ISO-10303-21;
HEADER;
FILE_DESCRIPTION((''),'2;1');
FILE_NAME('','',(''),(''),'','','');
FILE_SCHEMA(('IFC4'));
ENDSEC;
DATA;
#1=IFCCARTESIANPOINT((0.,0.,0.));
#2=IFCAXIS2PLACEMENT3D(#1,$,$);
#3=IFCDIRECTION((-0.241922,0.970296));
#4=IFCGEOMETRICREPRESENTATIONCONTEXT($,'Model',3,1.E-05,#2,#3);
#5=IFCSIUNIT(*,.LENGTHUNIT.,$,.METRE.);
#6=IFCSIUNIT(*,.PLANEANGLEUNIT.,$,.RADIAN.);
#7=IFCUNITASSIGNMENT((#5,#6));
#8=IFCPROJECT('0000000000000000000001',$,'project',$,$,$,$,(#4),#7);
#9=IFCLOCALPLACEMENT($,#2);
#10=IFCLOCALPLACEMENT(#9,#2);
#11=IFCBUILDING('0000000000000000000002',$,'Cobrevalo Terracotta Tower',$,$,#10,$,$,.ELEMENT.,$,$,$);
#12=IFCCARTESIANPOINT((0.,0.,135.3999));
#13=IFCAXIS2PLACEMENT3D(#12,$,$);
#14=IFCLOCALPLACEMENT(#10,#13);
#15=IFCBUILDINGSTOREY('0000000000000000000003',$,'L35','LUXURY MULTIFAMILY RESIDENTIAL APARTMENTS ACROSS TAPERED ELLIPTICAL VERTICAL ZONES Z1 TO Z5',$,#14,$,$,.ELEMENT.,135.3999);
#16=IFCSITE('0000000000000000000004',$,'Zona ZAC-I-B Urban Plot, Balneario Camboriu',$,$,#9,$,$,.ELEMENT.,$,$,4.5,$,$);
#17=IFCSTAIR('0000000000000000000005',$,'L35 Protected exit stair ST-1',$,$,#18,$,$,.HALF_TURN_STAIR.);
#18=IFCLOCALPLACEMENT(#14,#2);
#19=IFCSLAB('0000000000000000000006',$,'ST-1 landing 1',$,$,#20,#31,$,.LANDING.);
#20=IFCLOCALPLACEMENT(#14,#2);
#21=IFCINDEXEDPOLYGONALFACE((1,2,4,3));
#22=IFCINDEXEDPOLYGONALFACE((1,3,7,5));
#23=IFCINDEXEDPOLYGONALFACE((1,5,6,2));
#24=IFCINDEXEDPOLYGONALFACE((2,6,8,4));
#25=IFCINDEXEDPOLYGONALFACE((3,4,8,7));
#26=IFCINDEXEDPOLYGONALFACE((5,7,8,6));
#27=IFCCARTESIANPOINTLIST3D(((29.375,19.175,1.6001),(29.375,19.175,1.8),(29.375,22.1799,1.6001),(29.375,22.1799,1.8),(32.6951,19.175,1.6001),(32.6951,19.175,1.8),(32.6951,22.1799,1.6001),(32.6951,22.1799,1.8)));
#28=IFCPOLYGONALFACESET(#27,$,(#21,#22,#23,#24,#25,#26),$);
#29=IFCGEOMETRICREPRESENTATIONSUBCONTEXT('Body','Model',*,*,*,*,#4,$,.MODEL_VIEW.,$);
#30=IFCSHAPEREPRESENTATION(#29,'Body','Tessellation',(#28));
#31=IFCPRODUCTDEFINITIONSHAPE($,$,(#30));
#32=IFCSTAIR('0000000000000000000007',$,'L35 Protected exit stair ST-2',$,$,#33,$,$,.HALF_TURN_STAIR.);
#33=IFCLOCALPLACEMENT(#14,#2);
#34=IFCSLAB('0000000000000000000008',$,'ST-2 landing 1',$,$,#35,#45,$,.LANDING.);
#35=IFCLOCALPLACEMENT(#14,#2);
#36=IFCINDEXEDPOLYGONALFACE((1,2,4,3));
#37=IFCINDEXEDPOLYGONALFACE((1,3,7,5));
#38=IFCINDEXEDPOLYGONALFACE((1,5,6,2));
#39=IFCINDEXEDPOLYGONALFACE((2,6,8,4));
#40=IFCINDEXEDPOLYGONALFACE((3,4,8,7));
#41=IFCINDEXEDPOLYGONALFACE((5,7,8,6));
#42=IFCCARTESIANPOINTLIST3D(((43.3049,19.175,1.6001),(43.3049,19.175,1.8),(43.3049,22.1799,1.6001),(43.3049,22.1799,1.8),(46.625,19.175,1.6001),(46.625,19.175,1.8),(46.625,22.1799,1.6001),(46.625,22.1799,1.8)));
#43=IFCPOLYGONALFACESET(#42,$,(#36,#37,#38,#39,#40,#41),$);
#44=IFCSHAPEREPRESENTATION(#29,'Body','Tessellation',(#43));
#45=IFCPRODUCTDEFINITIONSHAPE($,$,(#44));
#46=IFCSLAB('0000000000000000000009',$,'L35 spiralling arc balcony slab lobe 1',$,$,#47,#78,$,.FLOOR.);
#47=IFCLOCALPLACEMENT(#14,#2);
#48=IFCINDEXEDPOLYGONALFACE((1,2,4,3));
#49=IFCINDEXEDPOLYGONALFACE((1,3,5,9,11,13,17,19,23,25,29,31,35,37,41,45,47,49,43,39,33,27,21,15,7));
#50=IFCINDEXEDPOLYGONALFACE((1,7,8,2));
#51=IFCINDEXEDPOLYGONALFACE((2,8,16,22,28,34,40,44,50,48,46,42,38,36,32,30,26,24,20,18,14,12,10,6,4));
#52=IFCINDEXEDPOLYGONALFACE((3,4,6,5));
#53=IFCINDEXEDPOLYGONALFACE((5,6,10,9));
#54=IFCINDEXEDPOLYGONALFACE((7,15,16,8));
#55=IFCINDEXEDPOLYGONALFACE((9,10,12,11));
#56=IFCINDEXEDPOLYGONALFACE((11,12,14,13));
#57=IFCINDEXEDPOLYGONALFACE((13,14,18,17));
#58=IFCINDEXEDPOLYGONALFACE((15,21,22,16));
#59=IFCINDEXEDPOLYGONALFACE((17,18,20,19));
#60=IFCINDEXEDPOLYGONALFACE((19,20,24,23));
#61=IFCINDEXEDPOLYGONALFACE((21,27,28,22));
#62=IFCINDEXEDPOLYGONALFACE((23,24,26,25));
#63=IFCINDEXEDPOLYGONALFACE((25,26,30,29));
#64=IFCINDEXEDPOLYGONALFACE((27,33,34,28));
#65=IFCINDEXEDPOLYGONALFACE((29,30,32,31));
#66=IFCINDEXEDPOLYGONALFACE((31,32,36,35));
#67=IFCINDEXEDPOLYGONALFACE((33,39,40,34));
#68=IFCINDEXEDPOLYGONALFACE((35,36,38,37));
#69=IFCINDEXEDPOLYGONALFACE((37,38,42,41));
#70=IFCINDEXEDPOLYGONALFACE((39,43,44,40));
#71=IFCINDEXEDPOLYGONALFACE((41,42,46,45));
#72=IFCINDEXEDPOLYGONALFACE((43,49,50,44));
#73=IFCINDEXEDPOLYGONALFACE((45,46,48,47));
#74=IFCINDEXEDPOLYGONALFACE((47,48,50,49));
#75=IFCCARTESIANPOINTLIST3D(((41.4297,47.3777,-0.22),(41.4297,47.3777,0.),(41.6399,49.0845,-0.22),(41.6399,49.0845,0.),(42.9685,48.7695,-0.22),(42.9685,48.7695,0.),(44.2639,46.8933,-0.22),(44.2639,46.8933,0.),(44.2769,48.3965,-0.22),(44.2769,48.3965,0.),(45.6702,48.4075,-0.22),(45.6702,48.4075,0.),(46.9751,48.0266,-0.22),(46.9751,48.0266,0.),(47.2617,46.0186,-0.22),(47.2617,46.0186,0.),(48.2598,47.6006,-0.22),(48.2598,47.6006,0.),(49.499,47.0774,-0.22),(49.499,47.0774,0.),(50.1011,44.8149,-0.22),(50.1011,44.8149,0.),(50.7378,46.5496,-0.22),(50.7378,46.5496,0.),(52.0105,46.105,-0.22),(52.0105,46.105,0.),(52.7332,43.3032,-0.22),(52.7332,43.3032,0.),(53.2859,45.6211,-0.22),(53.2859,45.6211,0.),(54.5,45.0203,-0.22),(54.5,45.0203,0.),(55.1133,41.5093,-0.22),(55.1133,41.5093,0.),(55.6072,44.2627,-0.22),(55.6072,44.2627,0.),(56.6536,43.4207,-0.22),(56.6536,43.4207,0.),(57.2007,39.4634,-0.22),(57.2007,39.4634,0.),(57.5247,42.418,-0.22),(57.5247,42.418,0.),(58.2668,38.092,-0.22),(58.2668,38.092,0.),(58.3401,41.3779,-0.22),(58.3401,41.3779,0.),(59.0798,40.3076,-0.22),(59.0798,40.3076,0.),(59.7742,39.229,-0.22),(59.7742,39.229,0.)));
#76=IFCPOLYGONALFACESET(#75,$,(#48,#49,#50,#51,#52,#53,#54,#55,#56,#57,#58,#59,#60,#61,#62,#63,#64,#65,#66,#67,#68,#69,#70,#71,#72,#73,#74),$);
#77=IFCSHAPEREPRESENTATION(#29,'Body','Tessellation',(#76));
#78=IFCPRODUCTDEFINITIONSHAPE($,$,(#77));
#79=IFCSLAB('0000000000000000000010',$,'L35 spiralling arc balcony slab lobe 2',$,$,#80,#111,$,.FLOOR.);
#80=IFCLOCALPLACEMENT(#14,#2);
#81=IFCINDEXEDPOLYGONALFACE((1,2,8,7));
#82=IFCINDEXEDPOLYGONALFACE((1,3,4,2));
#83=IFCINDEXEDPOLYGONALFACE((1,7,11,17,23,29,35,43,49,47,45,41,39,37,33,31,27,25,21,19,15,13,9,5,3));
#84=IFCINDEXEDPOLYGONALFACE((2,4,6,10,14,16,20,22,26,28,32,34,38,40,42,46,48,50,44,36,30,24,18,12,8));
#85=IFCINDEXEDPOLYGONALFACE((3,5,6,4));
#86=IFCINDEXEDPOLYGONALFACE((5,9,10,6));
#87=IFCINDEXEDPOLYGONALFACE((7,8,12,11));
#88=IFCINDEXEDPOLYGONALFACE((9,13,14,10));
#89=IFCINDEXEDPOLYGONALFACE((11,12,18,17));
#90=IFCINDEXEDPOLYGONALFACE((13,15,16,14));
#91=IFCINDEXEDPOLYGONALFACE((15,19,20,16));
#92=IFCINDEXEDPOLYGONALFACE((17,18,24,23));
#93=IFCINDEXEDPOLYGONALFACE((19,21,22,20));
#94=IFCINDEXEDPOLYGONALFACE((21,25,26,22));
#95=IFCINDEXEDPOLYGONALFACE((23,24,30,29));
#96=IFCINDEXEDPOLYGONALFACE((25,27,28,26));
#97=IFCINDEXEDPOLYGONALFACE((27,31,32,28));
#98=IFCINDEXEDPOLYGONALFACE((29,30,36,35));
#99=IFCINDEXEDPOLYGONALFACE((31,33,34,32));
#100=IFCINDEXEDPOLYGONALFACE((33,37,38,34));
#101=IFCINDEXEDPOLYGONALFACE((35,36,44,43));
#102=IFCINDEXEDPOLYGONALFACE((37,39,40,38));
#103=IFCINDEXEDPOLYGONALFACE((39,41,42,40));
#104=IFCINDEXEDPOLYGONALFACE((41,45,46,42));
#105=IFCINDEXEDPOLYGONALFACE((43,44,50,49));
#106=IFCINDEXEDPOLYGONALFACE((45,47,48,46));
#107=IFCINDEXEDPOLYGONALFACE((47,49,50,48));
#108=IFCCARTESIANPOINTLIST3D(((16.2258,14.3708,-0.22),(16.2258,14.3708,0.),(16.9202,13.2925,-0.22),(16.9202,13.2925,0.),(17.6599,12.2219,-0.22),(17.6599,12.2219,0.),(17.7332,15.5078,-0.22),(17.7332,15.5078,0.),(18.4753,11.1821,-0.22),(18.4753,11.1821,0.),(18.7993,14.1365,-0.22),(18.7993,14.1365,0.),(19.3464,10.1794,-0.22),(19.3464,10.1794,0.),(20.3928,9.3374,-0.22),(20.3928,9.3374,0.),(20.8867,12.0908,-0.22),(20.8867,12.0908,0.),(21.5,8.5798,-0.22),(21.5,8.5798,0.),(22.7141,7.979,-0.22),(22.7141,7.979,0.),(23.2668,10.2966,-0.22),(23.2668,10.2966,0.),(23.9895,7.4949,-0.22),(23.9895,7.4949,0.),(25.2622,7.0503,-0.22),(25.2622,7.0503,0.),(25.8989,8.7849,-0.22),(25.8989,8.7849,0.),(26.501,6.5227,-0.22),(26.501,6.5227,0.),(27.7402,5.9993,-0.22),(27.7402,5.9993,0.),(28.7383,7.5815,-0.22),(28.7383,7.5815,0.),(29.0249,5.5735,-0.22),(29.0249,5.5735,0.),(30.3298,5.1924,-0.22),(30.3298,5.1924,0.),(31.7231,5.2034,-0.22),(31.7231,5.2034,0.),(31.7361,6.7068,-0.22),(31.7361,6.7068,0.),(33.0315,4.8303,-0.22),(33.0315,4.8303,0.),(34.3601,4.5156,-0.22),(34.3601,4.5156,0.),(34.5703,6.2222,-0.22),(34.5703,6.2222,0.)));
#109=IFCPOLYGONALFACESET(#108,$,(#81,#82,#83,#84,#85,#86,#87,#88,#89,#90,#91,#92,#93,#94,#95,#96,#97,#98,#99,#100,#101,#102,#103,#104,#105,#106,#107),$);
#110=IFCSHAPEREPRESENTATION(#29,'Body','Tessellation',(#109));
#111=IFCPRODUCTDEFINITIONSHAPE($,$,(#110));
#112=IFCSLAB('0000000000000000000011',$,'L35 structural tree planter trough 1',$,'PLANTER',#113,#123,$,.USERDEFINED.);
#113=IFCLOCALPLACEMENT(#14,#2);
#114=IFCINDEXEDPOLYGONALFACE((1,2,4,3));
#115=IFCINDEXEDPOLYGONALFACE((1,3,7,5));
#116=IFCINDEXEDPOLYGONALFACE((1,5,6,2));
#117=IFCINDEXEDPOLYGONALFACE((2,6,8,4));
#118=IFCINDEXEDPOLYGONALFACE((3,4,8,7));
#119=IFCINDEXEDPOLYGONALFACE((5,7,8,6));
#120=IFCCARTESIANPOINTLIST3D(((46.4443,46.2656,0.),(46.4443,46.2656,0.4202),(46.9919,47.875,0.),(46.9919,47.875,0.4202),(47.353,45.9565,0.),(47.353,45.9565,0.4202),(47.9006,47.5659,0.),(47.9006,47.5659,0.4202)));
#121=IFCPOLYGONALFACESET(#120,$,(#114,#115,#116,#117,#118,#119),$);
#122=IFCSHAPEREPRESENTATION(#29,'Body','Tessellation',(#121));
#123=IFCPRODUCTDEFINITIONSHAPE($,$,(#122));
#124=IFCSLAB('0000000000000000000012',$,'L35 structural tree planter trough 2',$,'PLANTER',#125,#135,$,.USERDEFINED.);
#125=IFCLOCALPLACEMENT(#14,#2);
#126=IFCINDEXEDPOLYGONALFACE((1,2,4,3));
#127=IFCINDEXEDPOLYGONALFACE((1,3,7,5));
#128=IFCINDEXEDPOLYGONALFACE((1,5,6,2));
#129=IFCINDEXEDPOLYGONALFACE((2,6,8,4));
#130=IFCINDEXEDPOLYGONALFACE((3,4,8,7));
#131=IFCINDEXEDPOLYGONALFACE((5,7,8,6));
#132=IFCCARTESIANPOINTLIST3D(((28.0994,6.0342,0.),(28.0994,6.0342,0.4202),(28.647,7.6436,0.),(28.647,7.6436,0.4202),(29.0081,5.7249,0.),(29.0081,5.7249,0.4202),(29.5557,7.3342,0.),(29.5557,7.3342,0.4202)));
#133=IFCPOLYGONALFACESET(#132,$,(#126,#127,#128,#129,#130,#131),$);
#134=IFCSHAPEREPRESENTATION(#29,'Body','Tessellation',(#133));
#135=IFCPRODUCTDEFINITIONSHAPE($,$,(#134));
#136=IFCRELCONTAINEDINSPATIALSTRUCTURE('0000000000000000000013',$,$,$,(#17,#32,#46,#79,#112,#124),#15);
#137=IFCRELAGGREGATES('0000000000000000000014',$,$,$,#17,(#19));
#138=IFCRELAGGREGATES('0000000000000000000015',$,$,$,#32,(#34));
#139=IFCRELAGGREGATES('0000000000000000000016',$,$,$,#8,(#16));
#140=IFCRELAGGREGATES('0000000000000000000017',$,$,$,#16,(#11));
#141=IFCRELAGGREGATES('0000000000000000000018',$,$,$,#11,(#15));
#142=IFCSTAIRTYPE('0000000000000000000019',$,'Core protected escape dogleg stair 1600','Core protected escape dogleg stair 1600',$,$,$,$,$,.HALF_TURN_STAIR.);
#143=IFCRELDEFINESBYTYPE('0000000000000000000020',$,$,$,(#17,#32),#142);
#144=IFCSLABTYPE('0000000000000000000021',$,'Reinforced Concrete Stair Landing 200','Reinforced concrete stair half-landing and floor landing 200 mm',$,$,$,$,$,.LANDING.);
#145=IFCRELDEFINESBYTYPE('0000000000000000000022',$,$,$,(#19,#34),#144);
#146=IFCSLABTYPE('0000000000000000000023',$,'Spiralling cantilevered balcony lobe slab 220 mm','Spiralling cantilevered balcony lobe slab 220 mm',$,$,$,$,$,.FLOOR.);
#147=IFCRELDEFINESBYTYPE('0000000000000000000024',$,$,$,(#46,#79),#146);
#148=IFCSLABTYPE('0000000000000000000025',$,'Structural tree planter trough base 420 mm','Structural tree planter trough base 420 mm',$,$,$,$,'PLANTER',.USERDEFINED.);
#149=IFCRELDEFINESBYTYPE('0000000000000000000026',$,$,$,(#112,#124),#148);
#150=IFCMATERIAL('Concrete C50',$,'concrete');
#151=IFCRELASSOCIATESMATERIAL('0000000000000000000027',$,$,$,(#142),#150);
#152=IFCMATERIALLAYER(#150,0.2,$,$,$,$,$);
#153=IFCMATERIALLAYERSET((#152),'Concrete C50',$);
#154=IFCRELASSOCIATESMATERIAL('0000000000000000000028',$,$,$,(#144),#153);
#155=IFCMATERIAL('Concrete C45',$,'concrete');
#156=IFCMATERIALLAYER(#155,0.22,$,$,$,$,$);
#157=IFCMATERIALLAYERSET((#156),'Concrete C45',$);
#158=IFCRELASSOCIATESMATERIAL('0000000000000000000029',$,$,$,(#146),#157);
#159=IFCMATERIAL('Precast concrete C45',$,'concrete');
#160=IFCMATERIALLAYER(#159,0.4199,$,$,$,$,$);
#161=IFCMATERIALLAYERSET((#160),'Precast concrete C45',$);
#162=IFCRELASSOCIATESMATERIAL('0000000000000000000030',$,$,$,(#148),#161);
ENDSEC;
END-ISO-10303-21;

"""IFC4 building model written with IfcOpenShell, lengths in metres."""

from ifc_helpers import new_model, si_unit, direction, frame, origin, place, context, subcontext, project, spatial, polyline, outline, extrude, material, layer, layer_set, type_object, element, aggregate, save


model = new_model("IFC4")

# Units and contexts
model_context = context("Model", 3, precision=1e-05, world=origin(), true_north=direction((-0.241922, 0.970296)))
body_context = subcontext(model_context, "Body", "Model", "MODEL_VIEW")
ifc_project = project(units=[si_unit("LENGTHUNIT", "METRE"), si_unit("PLANEANGLEUNIT", "RADIAN")], contexts=[model_context])

# Site, building, storey
site_placement = place(None, origin())
site = spatial("IfcSite", under=ifc_project, at=site_placement, Name="Zona ZAC-I-B Urban Plot, Balneario Camboriu", CompositionType="ELEMENT", RefElevation=4.5)
building_placement = place(site_placement, origin())
building = spatial("IfcBuilding", under=site, at=building_placement, Name="Cobrevalo Terracotta Tower", CompositionType="ELEMENT")
storey_placement = place(building_placement, frame((0.0, 0.0, 135.3999)))
storey = spatial("IfcBuildingStorey", under=building, at=storey_placement, Name="L35", Description="LUXURY MULTIFAMILY RESIDENTIAL APARTMENTS ACROSS TAPERED ELLIPTICAL VERTICAL ZONES Z1 TO Z5", CompositionType="ELEMENT", Elevation=135.3999)

# Stairs, slabs
ifc_material_1 = material(Name="Concrete C50", Category="concrete")
stair_type = type_object("IfcStairType", Name="Core protected escape dogleg stair 1600", Description="Core protected escape dogleg stair 1600", PredefinedType="HALF_TURN_STAIR", material=ifc_material_1)
stair_1_placement = place(storey_placement, origin())
stair_1 = element("IfcStair", 1, at=stair_1_placement, inside=storey, type_object=stair_type, Name="L35 Protected exit stair ST-1", PredefinedType="HALF_TURN_STAIR")
ifc_layer_1 = layer(ifc_material_1, 0.2)
ifc_layer_set_1 = layer_set([ifc_layer_1], Name="Concrete C50")
slab_type_1 = type_object("IfcSlabType", Name="Reinforced Concrete Stair Landing 200", Description="Reinforced concrete stair half-landing and floor landing 200 mm", PredefinedType="LANDING", material=ifc_layer_set_1)
slab_1_placement = place(storey_placement, frame((0.0, 0.0, 1.6001)))
slab_1 = element("IfcSlab", 2, at=slab_1_placement, type_object=slab_type_1, Name="ST-1 landing 1", PredefinedType="LANDING", context=body_context, shape_type="SweptSolid", body=[
    extrude(outline(polyline([(29.375, 22.1799), (29.375, 19.175), (32.6951, 19.175), (32.6951, 22.1799), (29.375, 22.1799)])), origin(), (0.0, 0.0, 1.0), 0.2),
])
aggregate(stair_1, [slab_1])
stair_2_placement = place(storey_placement, origin())
stair_2 = element("IfcStair", 3, at=stair_2_placement, inside=storey, type_object=stair_type, Name="L35 Protected exit stair ST-2", PredefinedType="HALF_TURN_STAIR")
slab_2_placement = place(storey_placement, frame((0.0, 0.0, 1.6001)))
slab_2 = element("IfcSlab", 4, at=slab_2_placement, type_object=slab_type_1, Name="ST-2 landing 1", PredefinedType="LANDING", context=body_context, shape_type="SweptSolid", body=[
    extrude(outline(polyline([(43.3049, 22.1799), (43.3049, 19.175), (46.625, 19.175), (46.625, 22.1799), (43.3049, 22.1799)])), origin(), (0.0, 0.0, 1.0), 0.2),
])
aggregate(stair_2, [slab_2])

# Slabs
ifc_material_2 = material(Name="Concrete C45", Category="concrete")
ifc_layer_2 = layer(ifc_material_2, 0.22)
ifc_layer_set_2 = layer_set([ifc_layer_2], Name="Concrete C45")
slab_type_2 = type_object("IfcSlabType", Name="Spiralling cantilevered balcony lobe slab 220 mm", Description="Spiralling cantilevered balcony lobe slab 220 mm", PredefinedType="FLOOR", material=ifc_layer_set_2)
slab_3_placement = place(storey_placement, frame((0.0, 0.0, -0.22)))
element("IfcSlab", 5, at=slab_3_placement, inside=storey, type_object=slab_type_2, Name="L35 spiralling arc balcony slab lobe 1", PredefinedType="FLOOR", context=body_context, shape_type="SweptSolid", body=[
    extrude(outline(polyline([(59.7742, 39.229), (59.0798, 40.3076), (58.3401, 41.3779), (57.5247, 42.418), (56.6536, 43.4207), (55.6072, 44.2627), (54.5, 45.0203), (53.2859, 45.6211), (52.0105, 46.105), (50.7378, 46.5496), (49.499, 47.0774), (48.2598, 47.6006), (46.9751, 48.0266), (45.6702, 48.4075), (44.2769, 48.3965), (42.9685, 48.7695), (41.6399, 49.0845), (41.4297, 47.3777), (44.2639, 46.8933), (47.2617, 46.0186), (50.1011, 44.8149), (52.7332, 43.3032), (55.1133, 41.5093), (57.2007, 39.4634), (58.2668, 38.092), (59.7742, 39.229)])), origin(), (0.0, 0.0, 1.0), 0.22),
])
slab_4_placement = place(storey_placement, frame((0.0, 0.0, -0.22)))
element("IfcSlab", 6, at=slab_4_placement, inside=storey, type_object=slab_type_2, Name="L35 spiralling arc balcony slab lobe 2", PredefinedType="FLOOR", context=body_context, shape_type="SweptSolid", body=[
    extrude(outline(polyline([(16.2258, 14.3708), (16.9202, 13.2925), (17.6599, 12.2219), (18.4753, 11.1821), (19.3464, 10.1794), (20.3928, 9.3374), (21.5, 8.5798), (22.7141, 7.979), (23.9895, 7.4949), (25.2622, 7.0503), (26.501, 6.5227), (27.7402, 5.9993), (29.0249, 5.5735), (30.3298, 5.1924), (31.7231, 5.2034), (33.0315, 4.8303), (34.3601, 4.5156), (34.5703, 6.2222), (31.7361, 6.7068), (28.7383, 7.5815), (25.8989, 8.7849), (23.2668, 10.2966), (20.8867, 12.0908), (18.7993, 14.1365), (17.7332, 15.5078), (16.2258, 14.3708)])), origin(), (0.0, 0.0, 1.0), 0.22),
])
ifc_material_3 = material(Name="Precast concrete C45", Category="concrete")
ifc_layer_3 = layer(ifc_material_3, 0.4199)
ifc_layer_set_3 = layer_set([ifc_layer_3], Name="Precast concrete C45")
slab_type_3 = type_object("IfcSlabType", Name="Structural tree planter trough base 420 mm", Description="Structural tree planter trough base 420 mm", ElementType="PLANTER", PredefinedType="USERDEFINED", material=ifc_layer_set_3)
slab_5_placement = place(storey_placement, origin())
element("IfcSlab", 7, at=slab_5_placement, inside=storey, type_object=slab_type_3, Name="L35 structural tree planter trough 1", ObjectType="PLANTER", PredefinedType="USERDEFINED", context=body_context, shape_type="SweptSolid", body=[
    extrude(outline(polyline([(47.353, 45.9565), (47.9006, 47.5659), (46.9919, 47.875), (46.4443, 46.2656), (47.353, 45.9565)])), origin(), (0.0, 0.0, 1.0), 0.4202),
])
slab_6_placement = place(storey_placement, origin())
element("IfcSlab", 8, at=slab_6_placement, inside=storey, type_object=slab_type_3, Name="L35 structural tree planter trough 2", ObjectType="PLANTER", PredefinedType="USERDEFINED", context=body_context, shape_type="SweptSolid", body=[
    extrude(outline(polyline([(28.647, 7.6436), (28.0994, 6.0342), (29.0081, 5.7249), (29.5557, 7.3342), (28.647, 7.6436)])), origin(), (0.0, 0.0, 1.0), 0.4202),
])

save(model, "model.ifc")
